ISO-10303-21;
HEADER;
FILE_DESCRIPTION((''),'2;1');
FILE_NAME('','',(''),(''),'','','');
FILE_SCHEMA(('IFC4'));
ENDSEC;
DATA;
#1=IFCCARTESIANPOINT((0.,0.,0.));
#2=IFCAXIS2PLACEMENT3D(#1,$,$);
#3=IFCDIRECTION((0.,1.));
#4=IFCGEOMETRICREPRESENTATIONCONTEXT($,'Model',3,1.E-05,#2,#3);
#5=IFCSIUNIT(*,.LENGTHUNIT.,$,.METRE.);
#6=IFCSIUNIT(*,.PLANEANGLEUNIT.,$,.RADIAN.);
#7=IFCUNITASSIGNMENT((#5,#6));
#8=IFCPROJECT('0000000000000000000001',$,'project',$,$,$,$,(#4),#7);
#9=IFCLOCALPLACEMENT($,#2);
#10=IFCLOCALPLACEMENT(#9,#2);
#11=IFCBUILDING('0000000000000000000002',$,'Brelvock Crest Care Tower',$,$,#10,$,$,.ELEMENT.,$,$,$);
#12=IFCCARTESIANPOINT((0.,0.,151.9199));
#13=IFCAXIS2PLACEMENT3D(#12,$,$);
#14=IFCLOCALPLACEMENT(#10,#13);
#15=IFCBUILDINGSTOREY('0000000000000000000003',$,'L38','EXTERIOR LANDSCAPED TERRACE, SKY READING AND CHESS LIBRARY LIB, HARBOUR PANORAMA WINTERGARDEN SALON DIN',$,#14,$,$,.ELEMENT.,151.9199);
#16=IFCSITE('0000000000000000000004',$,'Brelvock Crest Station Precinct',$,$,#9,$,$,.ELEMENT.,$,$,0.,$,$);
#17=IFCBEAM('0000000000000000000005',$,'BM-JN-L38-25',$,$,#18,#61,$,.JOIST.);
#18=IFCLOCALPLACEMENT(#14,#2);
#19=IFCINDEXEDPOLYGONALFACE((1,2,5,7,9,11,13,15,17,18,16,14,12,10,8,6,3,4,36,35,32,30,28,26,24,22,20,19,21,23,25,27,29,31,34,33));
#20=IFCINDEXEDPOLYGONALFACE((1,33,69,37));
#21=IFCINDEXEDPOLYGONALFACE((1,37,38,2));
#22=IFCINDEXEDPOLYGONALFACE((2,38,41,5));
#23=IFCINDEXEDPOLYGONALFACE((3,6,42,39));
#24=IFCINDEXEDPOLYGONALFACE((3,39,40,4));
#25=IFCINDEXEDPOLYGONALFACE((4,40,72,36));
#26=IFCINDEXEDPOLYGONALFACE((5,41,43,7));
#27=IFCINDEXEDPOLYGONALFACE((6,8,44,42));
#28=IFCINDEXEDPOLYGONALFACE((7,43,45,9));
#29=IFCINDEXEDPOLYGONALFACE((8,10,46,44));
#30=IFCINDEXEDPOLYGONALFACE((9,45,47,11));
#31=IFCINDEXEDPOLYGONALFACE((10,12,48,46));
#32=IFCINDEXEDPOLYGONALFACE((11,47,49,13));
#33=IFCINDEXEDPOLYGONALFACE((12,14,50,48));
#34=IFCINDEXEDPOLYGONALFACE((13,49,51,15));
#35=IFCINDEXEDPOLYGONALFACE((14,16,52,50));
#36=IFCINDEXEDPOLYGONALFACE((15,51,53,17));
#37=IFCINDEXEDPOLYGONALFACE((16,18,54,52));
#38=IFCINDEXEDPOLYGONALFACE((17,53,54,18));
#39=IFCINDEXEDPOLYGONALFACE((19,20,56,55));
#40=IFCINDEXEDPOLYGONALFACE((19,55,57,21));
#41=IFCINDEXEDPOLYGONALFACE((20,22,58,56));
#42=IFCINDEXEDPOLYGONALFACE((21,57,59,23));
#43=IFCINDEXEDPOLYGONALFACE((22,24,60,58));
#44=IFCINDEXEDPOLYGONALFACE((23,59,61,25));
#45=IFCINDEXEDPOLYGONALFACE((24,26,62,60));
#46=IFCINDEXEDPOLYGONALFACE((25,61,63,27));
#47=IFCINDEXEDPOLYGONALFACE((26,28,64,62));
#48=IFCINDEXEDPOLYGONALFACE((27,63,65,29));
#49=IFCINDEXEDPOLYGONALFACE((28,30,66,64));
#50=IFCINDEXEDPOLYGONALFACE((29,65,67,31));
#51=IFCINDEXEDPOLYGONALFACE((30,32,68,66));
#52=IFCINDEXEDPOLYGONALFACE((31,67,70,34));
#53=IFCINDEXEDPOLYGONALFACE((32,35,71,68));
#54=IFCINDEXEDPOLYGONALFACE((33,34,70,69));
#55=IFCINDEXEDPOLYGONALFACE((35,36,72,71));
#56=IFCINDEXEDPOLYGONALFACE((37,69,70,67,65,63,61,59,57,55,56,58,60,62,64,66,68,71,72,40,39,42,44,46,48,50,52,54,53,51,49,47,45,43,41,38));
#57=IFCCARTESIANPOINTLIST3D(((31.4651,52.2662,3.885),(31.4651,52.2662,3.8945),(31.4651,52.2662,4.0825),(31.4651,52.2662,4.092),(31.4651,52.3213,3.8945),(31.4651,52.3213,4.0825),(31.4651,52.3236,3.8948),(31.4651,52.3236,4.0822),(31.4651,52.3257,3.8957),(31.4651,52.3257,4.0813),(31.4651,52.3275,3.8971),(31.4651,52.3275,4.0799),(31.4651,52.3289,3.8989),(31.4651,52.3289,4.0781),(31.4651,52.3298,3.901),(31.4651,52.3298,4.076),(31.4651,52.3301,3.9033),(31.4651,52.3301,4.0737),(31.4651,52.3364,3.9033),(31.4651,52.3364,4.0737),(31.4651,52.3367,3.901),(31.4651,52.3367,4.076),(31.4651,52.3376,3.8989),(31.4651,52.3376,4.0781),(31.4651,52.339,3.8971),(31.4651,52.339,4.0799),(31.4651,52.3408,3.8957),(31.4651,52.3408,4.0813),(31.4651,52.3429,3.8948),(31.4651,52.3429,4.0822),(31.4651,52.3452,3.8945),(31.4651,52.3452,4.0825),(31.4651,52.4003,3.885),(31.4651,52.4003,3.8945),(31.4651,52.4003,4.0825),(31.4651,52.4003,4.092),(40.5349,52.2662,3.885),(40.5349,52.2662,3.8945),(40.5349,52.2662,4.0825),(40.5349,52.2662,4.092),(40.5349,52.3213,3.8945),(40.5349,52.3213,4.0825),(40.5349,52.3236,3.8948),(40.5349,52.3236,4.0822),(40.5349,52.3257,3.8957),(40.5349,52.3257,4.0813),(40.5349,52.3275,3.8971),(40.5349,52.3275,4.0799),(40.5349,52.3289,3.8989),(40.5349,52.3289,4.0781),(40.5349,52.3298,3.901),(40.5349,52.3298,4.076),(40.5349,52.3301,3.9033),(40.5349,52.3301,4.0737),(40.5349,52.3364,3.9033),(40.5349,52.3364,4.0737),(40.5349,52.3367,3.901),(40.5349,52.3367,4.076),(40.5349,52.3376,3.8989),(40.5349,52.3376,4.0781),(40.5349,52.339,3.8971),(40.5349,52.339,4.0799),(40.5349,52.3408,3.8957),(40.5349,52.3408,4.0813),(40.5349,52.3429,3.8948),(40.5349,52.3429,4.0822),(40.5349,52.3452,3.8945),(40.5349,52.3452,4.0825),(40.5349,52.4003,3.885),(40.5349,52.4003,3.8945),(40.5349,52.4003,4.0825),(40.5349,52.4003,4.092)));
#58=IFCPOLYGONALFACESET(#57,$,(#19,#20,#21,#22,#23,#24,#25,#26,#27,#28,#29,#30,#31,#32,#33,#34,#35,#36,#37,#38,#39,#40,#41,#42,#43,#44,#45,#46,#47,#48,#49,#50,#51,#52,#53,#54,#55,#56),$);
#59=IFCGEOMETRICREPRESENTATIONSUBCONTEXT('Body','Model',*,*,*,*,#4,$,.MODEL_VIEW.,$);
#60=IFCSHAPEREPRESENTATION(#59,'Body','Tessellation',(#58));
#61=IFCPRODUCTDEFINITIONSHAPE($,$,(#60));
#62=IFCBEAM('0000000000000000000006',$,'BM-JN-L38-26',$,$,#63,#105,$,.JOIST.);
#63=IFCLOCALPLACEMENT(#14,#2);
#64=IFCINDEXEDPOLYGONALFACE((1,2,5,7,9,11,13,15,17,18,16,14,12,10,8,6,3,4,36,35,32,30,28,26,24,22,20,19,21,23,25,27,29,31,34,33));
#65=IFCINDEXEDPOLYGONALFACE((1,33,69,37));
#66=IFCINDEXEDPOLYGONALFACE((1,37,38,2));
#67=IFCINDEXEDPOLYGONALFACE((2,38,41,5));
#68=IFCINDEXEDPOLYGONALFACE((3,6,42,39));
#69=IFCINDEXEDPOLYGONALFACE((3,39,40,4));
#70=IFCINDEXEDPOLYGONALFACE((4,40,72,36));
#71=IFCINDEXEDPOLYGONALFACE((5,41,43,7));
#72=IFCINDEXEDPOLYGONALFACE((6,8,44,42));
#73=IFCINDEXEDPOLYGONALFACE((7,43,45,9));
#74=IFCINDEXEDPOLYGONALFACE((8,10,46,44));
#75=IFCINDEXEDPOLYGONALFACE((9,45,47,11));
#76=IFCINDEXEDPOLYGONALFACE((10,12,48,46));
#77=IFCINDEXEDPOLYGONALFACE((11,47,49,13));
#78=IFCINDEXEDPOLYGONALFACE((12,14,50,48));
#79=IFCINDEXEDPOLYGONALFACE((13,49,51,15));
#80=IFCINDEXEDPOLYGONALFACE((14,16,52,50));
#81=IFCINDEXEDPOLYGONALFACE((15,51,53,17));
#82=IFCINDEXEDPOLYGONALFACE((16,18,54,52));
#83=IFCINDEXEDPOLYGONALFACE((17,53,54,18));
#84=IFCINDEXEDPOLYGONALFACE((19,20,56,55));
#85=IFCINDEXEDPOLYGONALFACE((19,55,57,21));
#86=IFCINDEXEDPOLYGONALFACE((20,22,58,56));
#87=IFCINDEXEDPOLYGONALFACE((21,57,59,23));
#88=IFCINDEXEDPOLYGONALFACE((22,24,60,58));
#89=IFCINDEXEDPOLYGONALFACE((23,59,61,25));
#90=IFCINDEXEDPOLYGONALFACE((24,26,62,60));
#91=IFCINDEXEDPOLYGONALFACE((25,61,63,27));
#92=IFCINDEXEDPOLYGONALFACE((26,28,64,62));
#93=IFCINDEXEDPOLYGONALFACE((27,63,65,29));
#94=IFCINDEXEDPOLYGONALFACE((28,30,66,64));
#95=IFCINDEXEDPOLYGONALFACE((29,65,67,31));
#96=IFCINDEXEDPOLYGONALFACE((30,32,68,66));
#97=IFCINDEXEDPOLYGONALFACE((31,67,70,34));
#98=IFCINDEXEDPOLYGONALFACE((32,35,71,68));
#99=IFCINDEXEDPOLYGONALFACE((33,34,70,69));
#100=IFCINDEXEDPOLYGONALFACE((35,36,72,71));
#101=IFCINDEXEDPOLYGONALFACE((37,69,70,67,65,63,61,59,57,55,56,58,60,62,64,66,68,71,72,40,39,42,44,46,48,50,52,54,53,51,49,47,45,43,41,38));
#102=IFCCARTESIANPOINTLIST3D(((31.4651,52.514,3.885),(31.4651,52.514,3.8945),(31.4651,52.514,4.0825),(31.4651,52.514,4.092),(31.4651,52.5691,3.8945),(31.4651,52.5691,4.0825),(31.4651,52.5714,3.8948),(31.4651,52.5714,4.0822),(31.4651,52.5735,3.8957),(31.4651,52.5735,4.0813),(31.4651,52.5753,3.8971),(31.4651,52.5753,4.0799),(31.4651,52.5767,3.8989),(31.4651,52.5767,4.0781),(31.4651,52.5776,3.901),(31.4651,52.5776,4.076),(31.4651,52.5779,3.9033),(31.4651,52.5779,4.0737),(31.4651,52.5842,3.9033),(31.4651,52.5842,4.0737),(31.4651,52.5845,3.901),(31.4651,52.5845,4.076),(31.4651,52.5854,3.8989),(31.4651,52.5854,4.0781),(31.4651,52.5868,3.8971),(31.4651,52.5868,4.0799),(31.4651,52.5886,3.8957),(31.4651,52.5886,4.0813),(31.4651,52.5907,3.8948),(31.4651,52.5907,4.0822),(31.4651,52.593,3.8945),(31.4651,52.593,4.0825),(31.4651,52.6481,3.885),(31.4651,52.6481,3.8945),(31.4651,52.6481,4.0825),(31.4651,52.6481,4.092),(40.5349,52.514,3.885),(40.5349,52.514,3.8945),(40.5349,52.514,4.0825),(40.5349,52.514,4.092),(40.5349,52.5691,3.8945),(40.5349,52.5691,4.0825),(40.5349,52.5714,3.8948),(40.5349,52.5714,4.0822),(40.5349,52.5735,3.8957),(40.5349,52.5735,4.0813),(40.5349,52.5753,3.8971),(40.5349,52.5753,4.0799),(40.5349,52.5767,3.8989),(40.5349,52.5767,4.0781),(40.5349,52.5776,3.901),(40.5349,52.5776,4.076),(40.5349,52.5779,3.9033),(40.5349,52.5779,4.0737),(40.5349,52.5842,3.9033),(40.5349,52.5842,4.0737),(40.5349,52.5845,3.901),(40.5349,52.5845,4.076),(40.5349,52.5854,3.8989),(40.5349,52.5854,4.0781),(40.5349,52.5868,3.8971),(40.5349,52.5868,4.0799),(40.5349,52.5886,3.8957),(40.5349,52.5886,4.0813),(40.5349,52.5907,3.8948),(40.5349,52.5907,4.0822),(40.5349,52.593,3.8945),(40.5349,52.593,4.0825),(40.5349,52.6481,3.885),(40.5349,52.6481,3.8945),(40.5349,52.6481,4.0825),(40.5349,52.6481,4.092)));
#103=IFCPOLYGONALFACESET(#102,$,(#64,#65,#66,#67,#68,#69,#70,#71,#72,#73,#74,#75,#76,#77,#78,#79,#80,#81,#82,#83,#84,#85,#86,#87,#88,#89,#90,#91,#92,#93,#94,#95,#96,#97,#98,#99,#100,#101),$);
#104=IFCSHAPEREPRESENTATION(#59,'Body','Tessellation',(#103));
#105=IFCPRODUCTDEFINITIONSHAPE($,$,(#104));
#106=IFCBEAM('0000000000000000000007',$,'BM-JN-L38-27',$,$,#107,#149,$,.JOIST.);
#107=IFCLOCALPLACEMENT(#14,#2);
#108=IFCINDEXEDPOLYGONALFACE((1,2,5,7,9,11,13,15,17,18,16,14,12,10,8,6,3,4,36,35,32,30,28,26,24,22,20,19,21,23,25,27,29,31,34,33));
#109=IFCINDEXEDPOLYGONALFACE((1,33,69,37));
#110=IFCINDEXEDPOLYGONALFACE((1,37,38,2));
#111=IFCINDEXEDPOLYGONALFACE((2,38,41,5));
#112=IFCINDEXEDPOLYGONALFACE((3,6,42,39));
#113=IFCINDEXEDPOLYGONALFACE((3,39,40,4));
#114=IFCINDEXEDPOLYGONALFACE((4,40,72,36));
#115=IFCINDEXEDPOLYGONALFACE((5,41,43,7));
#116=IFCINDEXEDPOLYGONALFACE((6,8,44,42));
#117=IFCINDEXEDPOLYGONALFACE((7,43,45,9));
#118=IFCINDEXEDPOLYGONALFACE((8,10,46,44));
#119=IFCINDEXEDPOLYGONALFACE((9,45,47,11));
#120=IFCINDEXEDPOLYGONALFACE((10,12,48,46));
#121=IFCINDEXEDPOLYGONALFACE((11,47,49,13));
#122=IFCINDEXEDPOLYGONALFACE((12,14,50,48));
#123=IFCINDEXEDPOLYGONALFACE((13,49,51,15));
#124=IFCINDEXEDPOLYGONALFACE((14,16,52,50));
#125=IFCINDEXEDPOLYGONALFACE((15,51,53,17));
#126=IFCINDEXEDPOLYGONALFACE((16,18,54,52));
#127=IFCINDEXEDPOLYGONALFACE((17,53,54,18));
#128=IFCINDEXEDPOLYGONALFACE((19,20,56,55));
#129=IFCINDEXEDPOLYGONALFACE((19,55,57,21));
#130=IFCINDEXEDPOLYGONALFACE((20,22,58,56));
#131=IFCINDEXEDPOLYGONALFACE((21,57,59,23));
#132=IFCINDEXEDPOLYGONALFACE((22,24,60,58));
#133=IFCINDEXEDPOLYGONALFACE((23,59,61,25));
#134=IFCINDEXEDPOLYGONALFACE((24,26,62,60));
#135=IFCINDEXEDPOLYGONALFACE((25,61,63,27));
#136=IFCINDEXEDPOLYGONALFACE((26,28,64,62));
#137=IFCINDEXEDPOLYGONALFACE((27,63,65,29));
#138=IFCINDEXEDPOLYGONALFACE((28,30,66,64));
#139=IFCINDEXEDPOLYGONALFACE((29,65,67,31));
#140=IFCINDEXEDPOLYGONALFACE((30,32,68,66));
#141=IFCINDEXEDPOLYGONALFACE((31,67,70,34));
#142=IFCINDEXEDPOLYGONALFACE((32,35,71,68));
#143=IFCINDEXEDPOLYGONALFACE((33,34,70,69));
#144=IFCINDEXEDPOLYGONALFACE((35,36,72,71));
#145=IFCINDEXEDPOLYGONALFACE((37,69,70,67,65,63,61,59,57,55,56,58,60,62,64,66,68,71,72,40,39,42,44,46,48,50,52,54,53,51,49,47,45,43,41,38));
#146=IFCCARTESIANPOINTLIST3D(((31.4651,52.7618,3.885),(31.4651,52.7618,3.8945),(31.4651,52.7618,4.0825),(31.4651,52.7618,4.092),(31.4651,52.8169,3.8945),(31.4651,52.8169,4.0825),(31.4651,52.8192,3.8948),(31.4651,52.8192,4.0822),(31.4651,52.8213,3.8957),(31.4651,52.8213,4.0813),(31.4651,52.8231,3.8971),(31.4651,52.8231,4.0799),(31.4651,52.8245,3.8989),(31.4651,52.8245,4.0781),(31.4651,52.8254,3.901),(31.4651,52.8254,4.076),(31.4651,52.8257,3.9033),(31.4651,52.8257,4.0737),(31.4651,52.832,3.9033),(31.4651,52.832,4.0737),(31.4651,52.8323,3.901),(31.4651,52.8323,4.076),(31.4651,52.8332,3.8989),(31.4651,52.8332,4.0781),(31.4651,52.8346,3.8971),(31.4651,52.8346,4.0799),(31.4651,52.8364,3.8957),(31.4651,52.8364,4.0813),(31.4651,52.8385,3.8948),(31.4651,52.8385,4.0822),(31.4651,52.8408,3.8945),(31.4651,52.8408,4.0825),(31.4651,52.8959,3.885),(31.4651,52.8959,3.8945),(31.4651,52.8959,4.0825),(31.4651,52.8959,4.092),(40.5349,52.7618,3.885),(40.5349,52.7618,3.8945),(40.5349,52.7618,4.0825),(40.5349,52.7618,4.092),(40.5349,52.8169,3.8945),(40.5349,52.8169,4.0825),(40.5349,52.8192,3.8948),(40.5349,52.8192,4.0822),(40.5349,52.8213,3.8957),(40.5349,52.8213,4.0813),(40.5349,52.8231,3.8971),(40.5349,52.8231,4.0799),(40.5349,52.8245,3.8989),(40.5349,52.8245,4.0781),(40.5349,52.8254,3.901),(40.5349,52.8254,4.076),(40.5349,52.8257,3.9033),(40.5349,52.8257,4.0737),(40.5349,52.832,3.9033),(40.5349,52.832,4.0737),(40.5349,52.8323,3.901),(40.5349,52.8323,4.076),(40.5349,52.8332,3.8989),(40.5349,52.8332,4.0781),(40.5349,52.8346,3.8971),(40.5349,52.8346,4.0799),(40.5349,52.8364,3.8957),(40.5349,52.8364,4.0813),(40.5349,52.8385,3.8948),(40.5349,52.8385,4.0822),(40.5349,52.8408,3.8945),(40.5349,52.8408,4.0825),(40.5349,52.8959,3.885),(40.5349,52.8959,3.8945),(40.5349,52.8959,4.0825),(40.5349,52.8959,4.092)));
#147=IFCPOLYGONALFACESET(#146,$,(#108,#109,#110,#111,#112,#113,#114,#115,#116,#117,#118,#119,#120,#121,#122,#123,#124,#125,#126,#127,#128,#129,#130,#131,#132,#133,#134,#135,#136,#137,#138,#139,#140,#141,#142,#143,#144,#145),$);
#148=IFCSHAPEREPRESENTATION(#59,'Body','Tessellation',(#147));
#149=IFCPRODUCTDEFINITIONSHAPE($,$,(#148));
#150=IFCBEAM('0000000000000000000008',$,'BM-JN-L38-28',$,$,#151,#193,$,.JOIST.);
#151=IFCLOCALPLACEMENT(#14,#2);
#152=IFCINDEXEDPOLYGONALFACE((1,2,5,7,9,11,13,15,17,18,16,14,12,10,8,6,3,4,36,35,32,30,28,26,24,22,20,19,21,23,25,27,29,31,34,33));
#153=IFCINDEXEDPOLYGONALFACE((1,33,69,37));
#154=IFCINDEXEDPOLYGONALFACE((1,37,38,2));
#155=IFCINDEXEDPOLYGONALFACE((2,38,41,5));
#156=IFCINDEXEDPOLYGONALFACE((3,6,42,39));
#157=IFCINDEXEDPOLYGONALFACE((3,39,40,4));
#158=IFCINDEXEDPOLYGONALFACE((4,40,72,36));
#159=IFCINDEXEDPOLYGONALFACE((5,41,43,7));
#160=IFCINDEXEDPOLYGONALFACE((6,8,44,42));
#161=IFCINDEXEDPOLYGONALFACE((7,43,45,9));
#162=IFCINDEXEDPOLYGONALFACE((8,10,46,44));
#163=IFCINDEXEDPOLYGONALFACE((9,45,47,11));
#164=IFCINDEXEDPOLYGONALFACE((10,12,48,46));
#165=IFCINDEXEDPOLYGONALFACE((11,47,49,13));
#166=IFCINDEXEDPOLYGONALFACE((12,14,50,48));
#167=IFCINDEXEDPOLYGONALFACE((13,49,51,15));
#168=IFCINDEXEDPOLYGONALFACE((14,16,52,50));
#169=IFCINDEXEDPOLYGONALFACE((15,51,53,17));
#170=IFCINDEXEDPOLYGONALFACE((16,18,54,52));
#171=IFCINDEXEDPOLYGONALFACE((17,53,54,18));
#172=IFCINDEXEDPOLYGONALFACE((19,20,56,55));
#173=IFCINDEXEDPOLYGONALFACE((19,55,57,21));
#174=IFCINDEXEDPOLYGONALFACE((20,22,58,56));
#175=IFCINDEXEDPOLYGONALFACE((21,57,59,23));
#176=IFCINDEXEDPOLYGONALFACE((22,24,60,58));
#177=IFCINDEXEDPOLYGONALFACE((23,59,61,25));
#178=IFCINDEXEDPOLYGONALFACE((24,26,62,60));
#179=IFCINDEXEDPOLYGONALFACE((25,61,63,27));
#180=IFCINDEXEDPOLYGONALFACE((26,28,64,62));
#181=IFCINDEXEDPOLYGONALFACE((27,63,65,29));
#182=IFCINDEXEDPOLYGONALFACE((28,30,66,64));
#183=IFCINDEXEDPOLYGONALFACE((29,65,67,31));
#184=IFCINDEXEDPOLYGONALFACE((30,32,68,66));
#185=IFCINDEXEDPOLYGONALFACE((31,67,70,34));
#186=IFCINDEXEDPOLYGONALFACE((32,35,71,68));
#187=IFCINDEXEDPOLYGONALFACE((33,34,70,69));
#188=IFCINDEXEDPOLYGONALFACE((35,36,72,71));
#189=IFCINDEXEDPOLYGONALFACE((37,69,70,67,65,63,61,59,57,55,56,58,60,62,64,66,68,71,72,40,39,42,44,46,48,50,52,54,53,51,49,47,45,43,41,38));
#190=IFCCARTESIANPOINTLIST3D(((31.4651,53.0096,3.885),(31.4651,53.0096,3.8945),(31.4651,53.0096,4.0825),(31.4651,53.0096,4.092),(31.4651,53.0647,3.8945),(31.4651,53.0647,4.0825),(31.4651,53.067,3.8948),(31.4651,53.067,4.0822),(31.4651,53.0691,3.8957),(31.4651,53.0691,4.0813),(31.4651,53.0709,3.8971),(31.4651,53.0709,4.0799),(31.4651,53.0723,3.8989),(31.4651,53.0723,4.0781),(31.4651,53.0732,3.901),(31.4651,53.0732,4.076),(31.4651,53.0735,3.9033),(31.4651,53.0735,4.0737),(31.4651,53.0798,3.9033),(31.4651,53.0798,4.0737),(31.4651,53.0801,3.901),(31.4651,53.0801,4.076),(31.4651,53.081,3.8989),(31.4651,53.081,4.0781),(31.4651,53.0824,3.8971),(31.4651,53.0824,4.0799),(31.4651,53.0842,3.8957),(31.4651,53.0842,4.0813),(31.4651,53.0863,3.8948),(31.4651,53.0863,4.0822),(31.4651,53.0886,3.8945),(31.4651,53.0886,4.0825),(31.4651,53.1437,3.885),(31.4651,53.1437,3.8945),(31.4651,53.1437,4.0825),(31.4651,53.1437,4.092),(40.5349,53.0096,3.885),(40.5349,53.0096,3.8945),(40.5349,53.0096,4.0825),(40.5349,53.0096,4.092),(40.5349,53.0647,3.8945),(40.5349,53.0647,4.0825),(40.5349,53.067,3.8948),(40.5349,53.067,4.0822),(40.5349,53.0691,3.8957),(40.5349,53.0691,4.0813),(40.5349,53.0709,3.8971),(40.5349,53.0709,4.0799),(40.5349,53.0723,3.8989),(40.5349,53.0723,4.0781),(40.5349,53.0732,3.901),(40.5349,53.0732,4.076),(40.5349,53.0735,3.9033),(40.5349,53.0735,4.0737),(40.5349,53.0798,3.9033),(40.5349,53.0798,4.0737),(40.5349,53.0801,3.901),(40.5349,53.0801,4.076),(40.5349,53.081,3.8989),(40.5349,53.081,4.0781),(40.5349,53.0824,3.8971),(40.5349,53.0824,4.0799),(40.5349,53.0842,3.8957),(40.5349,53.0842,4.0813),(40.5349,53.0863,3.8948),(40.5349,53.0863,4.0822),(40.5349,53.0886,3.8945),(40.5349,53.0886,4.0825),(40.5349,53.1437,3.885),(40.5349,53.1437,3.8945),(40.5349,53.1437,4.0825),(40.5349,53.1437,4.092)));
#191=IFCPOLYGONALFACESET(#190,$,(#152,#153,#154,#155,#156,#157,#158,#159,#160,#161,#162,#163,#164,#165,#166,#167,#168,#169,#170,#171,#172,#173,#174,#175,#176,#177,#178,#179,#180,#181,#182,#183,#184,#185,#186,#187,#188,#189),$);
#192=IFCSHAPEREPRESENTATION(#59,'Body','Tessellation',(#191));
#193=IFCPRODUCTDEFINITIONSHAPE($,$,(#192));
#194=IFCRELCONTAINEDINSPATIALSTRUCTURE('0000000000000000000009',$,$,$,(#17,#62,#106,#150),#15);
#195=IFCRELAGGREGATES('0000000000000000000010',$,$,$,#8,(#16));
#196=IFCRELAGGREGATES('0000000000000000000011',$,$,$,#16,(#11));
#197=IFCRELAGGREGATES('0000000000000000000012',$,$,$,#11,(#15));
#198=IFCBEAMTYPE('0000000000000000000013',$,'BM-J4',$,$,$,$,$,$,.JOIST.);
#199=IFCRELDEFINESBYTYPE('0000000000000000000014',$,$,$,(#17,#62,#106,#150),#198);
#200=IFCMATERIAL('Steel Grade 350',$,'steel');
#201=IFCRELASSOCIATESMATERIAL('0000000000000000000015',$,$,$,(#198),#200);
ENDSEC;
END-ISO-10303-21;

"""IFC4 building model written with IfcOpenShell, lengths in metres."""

from ifc_helpers import new_model, si_unit, direction, frame, origin, origin_2d, place, context, subcontext, project, spatial, i_section, extrude, source, transform, mapped, material, material_profile, profile_set, type_object, element, save


model = new_model("IFC4")

# Units and contexts
model_context = context("Model", 3, precision=1e-05, world=origin(), true_north=direction((0.0, 1.0)))
body_context = subcontext(model_context, "Body", "Model", "MODEL_VIEW")
ifc_project = project(units=[si_unit("LENGTHUNIT", "METRE"), si_unit("PLANEANGLEUNIT", "RADIAN")], contexts=[model_context])

# Site, building, storey
site_placement = place(None, origin())
site = spatial("IfcSite", under=ifc_project, at=site_placement, Name="Brelvock Crest Station Precinct", CompositionType="ELEMENT", RefElevation=0.0)
building_placement = place(site_placement, origin())
building = spatial("IfcBuilding", under=site, at=building_placement, Name="Brelvock Crest Care Tower", CompositionType="ELEMENT")
storey_placement = place(building_placement, frame((0.0, 0.0, 151.9199)))
storey = spatial("IfcBuildingStorey", under=building, at=storey_placement, Name="L38", Description="EXTERIOR LANDSCAPED TERRACE, SKY READING AND CHESS LIBRARY LIB, HARBOUR PANORAMA WINTERGARDEN SALON DIN", CompositionType="ELEMENT", Elevation=151.9199)

# Shared definitions
ifc_material_1 = material(Name="Steel Grade 350", Category="steel")

# Beams
ifc_material_profile_1 = material_profile(ifc_material_1, i_section(OverallWidth=0.134, OverallDepth=0.207, WebThickness=0.0063, FlangeThickness=0.0095, FilletRadius=0.0088, at=origin_2d()), Name="200UB29.8")
ifc_profile_set_1 = profile_set([ifc_material_profile_1], Name="Steel Grade 350")
beam_type_1 = type_object("IfcBeamType", Name="BM-J4", PredefinedType="JOIST", material=ifc_profile_set_1)
shared_shape_1 = source(origin(), body_context, "Body", "SweptSolid", [
    extrude(i_section(OverallWidth=0.134, OverallDepth=0.207, WebThickness=0.0063, FlangeThickness=0.0095, FilletRadius=0.0088, at=origin_2d()), origin(), (0.0, 0.0, 1.0), 9.0698),
])
for number, where, z_axis, x_axis, name in (
    (1, (31.4651, 52.3333, 3.9885), (1.0, 0.0, 0.0), (0.0, 1.0, 0.0), "BM-JN-L38-25"),
    (2, (31.4651, 52.5811, 3.9885), (1.0, 0.0, 0.0), (0.0, 1.0, 0.0), "BM-JN-L38-26"),
    (3, (31.4651, 52.8289, 3.9885), (1.0, 0.0, 0.0), (0.0, 1.0, 0.0), "BM-JN-L38-27"),
    (4, (31.4651, 53.0767, 3.9885), (1.0, 0.0, 0.0), (0.0, 1.0, 0.0), "BM-JN-L38-28"),
):
    element("IfcBeam", number, at=place(storey_placement, frame(where, z_axis=z_axis, x_axis=x_axis)), inside=storey, type_object=beam_type_1, Name=name, PredefinedType="JOIST", context=body_context, shape_type="MappedRepresentation", body=[
        mapped(shared_shape_1, transform((0.0, 0.0, 0.0), x_axis=(1.0, 0.0, 0.0), y_axis=(0.0, 1.0, 0.0), z_axis=(0.0, 0.0, 1.0), scale=1.0)),
    ])

save(model, "model.ifc")
